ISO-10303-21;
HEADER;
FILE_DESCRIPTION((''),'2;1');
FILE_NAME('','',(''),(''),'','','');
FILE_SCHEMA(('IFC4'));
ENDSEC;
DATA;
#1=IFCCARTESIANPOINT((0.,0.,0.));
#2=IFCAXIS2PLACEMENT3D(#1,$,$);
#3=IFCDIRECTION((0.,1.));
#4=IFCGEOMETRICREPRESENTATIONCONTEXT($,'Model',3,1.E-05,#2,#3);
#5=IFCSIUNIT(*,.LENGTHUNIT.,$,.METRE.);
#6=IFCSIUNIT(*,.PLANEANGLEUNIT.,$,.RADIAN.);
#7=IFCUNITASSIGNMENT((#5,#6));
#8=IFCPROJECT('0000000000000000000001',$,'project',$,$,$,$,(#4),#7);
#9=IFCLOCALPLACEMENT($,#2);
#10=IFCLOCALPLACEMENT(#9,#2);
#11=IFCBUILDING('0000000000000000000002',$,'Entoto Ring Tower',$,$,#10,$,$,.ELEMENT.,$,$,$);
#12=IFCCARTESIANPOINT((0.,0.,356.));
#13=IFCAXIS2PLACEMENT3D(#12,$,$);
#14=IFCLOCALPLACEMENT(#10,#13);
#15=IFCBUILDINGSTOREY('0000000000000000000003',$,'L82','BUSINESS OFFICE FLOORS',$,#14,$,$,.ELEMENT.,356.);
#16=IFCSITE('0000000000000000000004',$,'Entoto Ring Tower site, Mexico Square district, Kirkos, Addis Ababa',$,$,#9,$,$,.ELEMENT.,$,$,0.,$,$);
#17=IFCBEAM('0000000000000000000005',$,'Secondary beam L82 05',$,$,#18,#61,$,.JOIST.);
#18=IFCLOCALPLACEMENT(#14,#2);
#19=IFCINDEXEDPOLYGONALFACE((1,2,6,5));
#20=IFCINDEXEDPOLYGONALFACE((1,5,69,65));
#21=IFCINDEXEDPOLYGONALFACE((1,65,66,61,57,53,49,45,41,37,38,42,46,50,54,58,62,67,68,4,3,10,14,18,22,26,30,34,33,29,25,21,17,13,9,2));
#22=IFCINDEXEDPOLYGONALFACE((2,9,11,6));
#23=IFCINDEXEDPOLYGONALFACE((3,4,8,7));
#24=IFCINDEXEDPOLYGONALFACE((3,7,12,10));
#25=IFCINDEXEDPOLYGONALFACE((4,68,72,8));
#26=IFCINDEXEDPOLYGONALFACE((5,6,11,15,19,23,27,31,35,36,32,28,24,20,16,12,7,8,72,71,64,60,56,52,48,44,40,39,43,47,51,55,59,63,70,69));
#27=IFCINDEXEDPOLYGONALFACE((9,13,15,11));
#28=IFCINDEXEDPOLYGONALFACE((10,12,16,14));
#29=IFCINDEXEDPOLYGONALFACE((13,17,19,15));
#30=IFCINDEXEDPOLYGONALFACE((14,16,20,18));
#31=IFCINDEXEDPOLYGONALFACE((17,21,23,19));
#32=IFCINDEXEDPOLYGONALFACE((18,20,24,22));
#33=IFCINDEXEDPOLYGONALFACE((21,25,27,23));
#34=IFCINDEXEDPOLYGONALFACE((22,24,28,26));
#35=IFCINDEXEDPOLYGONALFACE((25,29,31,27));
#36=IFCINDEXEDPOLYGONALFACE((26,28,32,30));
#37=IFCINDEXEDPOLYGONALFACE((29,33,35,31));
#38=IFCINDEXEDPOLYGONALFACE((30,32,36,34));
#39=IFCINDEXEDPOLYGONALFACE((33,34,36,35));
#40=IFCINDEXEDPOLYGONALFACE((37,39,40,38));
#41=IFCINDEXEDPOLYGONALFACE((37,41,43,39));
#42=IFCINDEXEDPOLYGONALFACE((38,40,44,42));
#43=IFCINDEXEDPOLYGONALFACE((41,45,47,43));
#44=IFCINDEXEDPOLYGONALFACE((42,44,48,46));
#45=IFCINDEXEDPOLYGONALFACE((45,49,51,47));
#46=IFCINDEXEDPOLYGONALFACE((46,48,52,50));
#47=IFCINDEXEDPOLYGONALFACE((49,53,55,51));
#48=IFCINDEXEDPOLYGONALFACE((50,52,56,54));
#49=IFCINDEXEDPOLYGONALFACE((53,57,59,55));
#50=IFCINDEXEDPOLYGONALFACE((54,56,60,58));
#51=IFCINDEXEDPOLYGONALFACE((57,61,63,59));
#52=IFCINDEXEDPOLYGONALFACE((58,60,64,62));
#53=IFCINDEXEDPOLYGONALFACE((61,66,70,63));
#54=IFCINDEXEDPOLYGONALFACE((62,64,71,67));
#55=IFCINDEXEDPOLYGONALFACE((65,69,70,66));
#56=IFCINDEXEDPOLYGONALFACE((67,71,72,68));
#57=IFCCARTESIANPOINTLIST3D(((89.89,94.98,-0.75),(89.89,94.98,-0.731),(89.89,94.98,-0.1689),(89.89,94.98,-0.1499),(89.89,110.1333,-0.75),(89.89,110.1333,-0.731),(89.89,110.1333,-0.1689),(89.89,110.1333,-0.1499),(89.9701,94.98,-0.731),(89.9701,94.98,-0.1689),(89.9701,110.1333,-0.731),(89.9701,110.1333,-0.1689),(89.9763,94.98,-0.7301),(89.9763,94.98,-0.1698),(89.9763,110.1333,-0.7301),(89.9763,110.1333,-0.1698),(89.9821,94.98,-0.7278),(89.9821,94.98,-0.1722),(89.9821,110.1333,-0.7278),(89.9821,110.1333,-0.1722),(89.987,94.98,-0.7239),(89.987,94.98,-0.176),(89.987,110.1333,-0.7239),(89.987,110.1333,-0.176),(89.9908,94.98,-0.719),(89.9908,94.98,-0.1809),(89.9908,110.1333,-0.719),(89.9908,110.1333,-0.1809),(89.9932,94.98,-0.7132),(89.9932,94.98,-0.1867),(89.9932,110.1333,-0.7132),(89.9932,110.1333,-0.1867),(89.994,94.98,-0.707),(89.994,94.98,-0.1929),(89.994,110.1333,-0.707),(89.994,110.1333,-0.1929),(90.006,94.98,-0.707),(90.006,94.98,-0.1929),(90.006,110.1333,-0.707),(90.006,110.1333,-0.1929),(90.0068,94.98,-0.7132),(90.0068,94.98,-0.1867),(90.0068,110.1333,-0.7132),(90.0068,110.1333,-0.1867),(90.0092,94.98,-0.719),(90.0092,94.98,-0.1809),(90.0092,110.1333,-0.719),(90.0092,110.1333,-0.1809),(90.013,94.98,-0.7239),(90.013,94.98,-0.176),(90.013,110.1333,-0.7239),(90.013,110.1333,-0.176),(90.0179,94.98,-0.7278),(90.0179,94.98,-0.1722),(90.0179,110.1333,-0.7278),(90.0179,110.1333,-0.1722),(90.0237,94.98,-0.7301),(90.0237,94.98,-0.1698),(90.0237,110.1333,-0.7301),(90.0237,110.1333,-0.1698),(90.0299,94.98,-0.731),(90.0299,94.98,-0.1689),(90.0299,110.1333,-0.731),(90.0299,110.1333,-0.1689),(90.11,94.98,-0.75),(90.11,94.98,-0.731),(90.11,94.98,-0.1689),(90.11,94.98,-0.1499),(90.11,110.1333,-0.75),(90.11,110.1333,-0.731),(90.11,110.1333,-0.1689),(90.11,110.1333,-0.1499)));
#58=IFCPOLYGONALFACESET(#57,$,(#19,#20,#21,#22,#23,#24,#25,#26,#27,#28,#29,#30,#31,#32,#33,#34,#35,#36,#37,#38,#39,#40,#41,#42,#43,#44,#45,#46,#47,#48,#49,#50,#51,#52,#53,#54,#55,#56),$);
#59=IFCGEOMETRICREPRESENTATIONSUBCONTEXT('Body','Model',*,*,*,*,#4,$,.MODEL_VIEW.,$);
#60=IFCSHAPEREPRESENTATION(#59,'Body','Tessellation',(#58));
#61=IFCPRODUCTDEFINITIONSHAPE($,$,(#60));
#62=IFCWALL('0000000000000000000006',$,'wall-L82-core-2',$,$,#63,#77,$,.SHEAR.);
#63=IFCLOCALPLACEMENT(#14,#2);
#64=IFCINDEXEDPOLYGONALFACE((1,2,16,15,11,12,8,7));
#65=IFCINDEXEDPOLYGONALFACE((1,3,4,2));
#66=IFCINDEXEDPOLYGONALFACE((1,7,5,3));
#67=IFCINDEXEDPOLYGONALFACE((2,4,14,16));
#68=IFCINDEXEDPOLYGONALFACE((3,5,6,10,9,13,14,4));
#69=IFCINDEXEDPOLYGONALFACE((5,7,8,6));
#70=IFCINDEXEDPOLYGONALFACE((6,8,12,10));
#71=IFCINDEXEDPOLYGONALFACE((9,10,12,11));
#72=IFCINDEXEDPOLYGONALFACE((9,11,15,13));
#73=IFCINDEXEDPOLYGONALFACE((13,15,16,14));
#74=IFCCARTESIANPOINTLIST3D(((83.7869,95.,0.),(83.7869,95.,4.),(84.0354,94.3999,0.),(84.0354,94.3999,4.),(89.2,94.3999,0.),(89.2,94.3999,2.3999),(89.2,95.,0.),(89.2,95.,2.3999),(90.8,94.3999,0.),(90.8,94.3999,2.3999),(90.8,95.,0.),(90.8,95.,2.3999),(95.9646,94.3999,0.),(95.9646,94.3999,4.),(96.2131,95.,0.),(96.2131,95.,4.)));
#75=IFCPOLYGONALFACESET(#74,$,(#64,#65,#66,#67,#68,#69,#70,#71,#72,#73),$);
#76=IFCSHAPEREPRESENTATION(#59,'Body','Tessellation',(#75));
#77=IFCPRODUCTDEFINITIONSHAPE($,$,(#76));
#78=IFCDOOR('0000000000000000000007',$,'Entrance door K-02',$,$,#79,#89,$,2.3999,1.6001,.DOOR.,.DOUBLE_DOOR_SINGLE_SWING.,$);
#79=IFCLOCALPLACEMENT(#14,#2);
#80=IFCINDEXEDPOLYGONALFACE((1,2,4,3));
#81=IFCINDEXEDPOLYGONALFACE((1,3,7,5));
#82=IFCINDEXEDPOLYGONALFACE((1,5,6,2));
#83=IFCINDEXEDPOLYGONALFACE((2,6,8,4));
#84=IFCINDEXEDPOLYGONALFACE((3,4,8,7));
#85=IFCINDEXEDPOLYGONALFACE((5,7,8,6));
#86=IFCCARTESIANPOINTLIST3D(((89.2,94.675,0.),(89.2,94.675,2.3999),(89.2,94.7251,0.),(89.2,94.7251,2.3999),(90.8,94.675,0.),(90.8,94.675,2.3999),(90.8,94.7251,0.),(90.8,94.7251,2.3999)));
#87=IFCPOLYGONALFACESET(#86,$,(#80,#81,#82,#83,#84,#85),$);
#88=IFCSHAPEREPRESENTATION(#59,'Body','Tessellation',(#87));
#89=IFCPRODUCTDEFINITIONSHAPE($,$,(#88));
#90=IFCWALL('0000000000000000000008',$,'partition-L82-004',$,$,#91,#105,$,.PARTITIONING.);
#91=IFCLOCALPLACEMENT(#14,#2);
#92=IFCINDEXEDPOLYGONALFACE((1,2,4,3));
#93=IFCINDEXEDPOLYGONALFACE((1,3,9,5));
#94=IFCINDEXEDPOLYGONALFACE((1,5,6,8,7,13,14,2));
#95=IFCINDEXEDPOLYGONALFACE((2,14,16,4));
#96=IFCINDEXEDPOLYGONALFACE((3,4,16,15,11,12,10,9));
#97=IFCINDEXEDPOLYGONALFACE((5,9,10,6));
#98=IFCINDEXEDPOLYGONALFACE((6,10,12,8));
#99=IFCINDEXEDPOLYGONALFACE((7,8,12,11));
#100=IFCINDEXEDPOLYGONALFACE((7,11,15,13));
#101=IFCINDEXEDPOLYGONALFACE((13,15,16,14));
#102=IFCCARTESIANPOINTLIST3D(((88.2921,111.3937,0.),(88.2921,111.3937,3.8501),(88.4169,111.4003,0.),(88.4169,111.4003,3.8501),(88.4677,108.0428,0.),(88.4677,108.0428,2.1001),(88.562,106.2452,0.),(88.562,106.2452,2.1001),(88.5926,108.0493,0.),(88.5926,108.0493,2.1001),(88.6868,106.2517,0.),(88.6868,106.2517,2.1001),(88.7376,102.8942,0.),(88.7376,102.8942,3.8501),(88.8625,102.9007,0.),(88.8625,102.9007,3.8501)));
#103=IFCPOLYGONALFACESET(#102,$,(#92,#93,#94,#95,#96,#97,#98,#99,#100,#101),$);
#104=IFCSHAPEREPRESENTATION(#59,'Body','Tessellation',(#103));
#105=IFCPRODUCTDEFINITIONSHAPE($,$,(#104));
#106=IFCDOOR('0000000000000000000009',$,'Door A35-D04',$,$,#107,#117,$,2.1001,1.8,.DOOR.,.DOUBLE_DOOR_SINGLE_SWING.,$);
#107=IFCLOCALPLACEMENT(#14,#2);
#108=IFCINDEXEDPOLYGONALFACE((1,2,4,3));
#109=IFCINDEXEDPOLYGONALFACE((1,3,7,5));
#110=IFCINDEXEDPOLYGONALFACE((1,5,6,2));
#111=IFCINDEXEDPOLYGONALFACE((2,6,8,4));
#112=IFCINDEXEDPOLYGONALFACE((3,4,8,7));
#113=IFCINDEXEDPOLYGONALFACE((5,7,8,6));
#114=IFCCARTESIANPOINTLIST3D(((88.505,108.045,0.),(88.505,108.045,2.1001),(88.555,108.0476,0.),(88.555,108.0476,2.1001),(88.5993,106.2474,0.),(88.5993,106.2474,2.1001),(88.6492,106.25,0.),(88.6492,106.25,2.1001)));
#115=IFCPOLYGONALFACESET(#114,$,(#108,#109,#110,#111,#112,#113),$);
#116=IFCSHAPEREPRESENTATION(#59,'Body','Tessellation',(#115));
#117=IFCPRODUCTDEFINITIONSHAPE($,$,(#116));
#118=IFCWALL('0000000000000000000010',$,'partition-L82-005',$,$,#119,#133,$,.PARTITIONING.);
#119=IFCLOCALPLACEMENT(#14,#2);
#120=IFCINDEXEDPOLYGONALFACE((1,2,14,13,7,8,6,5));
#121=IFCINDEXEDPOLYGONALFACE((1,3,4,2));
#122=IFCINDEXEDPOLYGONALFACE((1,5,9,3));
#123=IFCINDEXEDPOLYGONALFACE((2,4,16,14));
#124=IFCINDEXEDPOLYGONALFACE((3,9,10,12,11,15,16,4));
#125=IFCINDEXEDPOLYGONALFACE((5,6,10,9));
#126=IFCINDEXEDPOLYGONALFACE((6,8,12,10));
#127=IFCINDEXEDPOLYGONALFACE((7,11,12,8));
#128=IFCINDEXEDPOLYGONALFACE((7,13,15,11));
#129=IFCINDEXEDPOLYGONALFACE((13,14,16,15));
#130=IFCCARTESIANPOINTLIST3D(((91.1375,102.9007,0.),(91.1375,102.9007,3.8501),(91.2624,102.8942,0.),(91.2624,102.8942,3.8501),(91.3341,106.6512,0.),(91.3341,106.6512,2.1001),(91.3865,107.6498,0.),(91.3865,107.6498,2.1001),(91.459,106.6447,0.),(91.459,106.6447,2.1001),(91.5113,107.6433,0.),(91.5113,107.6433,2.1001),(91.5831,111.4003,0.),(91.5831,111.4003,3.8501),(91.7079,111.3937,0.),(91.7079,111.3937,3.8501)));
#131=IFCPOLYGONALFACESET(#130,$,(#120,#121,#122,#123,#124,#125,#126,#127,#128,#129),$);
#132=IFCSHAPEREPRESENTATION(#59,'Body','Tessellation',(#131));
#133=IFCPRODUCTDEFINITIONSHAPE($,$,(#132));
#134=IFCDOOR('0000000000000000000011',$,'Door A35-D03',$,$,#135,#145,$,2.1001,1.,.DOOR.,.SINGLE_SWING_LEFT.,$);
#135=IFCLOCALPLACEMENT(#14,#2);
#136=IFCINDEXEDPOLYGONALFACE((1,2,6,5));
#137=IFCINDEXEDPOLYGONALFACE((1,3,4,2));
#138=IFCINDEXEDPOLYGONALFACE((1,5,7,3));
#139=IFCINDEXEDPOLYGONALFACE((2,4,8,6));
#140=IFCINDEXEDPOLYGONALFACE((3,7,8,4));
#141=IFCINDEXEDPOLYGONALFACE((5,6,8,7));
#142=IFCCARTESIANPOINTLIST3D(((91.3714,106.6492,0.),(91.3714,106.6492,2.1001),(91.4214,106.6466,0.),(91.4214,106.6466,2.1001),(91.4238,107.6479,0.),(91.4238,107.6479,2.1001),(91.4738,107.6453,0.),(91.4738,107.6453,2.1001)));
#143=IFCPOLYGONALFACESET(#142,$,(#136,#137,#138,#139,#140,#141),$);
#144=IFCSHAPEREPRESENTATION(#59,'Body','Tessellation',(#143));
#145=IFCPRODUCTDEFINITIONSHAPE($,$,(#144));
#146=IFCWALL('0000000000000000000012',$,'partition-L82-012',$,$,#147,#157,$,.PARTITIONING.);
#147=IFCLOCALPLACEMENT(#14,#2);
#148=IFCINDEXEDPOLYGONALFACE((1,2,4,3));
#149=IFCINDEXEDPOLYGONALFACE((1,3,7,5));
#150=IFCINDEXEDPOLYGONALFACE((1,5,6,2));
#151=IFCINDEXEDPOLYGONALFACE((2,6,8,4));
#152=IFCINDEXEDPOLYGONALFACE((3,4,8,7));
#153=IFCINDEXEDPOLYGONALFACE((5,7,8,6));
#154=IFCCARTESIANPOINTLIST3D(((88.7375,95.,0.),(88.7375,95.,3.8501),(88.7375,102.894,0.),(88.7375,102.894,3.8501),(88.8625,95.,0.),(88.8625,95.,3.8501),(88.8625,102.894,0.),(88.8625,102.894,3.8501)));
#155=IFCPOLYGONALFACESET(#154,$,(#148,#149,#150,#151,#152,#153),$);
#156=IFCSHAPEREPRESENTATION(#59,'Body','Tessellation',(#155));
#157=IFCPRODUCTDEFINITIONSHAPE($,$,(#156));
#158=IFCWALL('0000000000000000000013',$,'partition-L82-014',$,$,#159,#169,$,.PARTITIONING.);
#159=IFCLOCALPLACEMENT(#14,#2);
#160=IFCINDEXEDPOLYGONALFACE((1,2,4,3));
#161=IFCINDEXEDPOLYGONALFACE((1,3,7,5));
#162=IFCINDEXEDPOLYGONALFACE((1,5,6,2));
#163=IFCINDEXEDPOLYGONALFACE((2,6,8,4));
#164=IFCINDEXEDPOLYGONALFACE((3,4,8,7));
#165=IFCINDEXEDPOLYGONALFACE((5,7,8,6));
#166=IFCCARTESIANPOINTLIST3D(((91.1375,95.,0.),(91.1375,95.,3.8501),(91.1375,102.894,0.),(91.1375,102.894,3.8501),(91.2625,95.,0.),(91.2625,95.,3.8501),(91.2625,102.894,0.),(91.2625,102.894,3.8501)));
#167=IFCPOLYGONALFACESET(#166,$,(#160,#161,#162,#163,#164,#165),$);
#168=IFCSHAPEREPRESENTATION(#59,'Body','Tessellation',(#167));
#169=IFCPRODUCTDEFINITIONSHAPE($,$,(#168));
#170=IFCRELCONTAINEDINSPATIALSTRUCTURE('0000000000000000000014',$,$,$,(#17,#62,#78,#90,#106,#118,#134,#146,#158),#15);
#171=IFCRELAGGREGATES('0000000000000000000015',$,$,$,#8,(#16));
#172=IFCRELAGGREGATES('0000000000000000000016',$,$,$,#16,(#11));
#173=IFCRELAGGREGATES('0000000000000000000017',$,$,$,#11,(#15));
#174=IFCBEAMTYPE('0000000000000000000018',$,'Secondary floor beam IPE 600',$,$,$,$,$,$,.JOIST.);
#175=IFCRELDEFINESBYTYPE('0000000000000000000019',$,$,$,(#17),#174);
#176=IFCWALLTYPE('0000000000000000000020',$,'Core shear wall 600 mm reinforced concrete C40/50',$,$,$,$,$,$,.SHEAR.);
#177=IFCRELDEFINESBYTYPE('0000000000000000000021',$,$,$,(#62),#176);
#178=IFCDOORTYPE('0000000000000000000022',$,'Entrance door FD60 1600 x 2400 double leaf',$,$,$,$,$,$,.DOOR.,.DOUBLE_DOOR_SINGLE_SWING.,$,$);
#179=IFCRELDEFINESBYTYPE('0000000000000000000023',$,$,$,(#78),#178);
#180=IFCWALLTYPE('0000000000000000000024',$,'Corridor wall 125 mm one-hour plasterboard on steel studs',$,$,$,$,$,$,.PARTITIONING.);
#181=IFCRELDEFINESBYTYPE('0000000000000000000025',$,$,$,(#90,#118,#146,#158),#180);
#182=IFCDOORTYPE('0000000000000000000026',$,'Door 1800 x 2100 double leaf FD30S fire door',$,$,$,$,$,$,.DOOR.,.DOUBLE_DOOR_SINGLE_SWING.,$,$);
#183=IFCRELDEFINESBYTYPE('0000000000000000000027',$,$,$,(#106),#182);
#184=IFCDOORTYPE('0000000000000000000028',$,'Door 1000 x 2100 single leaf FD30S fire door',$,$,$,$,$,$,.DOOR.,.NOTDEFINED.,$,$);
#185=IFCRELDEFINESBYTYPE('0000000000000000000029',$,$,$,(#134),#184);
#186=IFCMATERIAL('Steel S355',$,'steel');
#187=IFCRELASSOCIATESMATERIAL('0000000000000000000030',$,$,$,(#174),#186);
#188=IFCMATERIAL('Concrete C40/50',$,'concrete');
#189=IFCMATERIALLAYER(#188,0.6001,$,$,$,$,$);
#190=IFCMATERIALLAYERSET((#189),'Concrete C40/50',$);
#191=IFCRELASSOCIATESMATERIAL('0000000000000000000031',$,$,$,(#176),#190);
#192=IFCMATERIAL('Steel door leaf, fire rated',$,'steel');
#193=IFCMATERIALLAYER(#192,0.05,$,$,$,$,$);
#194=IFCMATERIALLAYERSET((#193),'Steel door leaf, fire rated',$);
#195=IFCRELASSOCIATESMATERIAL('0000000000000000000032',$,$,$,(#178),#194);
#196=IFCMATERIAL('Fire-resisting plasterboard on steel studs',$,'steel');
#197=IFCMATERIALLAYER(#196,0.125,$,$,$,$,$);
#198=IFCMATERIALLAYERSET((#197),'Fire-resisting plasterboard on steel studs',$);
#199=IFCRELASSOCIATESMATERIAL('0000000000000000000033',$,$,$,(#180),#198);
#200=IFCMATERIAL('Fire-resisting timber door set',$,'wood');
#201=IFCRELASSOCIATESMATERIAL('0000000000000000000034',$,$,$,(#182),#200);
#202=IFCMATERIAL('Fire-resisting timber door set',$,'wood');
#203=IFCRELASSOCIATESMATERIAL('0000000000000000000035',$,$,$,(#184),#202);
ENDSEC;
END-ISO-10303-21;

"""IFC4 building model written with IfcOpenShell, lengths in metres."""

from ifc_helpers import new_model, si_unit, direction, frame, frame_2d, origin, origin_2d, place, context, subcontext, project, spatial, polyline, rectangle, i_section, outline, extrude, material, layer, layer_set, material_profile, profile_set, type_object, element, fill, save


model = new_model("IFC4")

# Units and contexts
model_context = context("Model", 3, precision=1e-05, world=origin(), true_north=direction((0.0, 1.0)))
body_context = subcontext(model_context, "Body", "Model", "MODEL_VIEW")
ifc_project = project(units=[si_unit("LENGTHUNIT", "METRE"), si_unit("PLANEANGLEUNIT", "RADIAN")], contexts=[model_context])

# Site, building, storey
site_placement = place(None, origin())
site = spatial("IfcSite", under=ifc_project, at=site_placement, Name="Entoto Ring Tower site, Mexico Square district, Kirkos, Addis Ababa", CompositionType="ELEMENT", RefElevation=0.0)
building_placement = place(site_placement, origin())
building = spatial("IfcBuilding", under=site, at=building_placement, Name="Entoto Ring Tower", CompositionType="ELEMENT")
storey_placement = place(building_placement, frame((0.0, 0.0, 356.0)))
storey = spatial("IfcBuildingStorey", under=building, at=storey_placement, Name="L82", Description="BUSINESS OFFICE FLOORS", CompositionType="ELEMENT", Elevation=356.0)

# Beam
ifc_material_1 = material(Name="Steel S355", Category="steel")
ifc_material_profile_1 = material_profile(ifc_material_1, i_section(OverallWidth=0.22, OverallDepth=0.6001, WebThickness=0.012, FlangeThickness=0.019, FilletRadius=0.0239, at=origin_2d()), Name="IPE 600")
ifc_profile_set_1 = profile_set([ifc_material_profile_1], Name="Steel S355")
beam_type_1 = type_object("IfcBeamType", Name="Secondary floor beam IPE 600", PredefinedType="JOIST", material=ifc_profile_set_1)
beam_1_placement = place(storey_placement, frame((90.0, 94.98, -0.45), z_axis=(0.0, 1.0, 0.0), x_axis=(-1.0, 0.0, 0.0)))
element("IfcBeam", 1, at=beam_1_placement, inside=storey, type_object=beam_type_1, Name="Secondary beam L82 05", PredefinedType="JOIST", context=body_context, shape_type="SweptSolid", body=[
    extrude(i_section(OverallWidth=0.22, OverallDepth=0.6001, WebThickness=0.012, FlangeThickness=0.019, FilletRadius=0.0239, at=origin_2d()), origin(), (0.0, 0.0, 1.0), 15.1533),
])

# Walls, openings, doors
ifc_material_2 = material(Name="Concrete C40/50", Category="concrete")
ifc_layer_1 = layer(ifc_material_2, 0.6001)
ifc_layer_set_1 = layer_set([ifc_layer_1], Name="Concrete C40/50")
wall_type_1 = type_object("IfcWallType", Name="Core shear wall 600 mm reinforced concrete C40/50", PredefinedType="SHEAR", material=ifc_layer_set_1)
wall_1_placement = place(storey_placement, frame((96.0889, 94.7, 0.0), z_axis=(0.0, 0.0, 1.0), x_axis=(-1.0, 0.0, 0.0)))
wall_1 = element("IfcWall", 2, at=wall_1_placement, inside=storey, type_object=wall_type_1, Name="wall-L82-core-2", PredefinedType="SHEAR", context=body_context, shape_type="SweptSolid", body=[
    extrude(outline(polyline([(-0.1243, -0.3), (12.302, -0.3), (12.0535, 0.3), (0.1243, 0.3), (-0.1243, -0.3)])), origin(), (0.0, 0.0, 1.0), 4.0),
])
opening_1_placement = place(wall_1_placement, frame((5.2888, 0.0, 0.0)))
opening_1 = element("IfcOpeningElement", 3, at=opening_1_placement, cuts=wall_1, PredefinedType="OPENING", context=body_context, shape_type="SweptSolid", body=[
    extrude(rectangle(XDim=1.6001, YDim=2.3999, at=frame_2d((0.8, 1.2))), frame((0.0, 0.3101, 0.0), z_axis=(0.0, -1.0, 0.0), x_axis=(1.0, 0.0, 0.0)), (0.0, 0.0, 1.0), 0.6201),
])
ifc_material_3 = material(Name="Steel door leaf, fire rated", Category="steel")
ifc_layer_2 = layer(ifc_material_3, 0.05)
ifc_layer_set_2 = layer_set([ifc_layer_2], Name="Steel door leaf, fire rated")
door_type_1 = type_object("IfcDoorType", Name="Entrance door FD60 1600 x 2400 double leaf", OperationType="DOUBLE_DOOR_SINGLE_SWING", PredefinedType="DOOR", material=ifc_layer_set_2)
door_1_placement = place(opening_1_placement, origin())
door_1 = element("IfcDoor", 4, at=door_1_placement, inside=storey, type_object=door_type_1, Name="Entrance door K-02", OperationType="DOUBLE_DOOR_SINGLE_SWING", OverallHeight=2.3999, OverallWidth=1.6001, PredefinedType="DOOR", context=body_context, shape_type="SweptSolid", body=[
    extrude(rectangle(XDim=1.6001, YDim=2.3999, at=frame_2d((0.8, 1.2))), frame((0.0, 0.0249, 0.0), z_axis=(0.0, -1.0, 0.0), x_axis=(1.0, 0.0, 0.0)), (0.0, 0.0, 1.0), 0.05),
])
fill(opening_1, door_1)
ifc_material_4 = material(Name="Fire-resisting plasterboard on steel studs", Category="steel")
ifc_layer_3 = layer(ifc_material_4, 0.125)
ifc_layer_set_3 = layer_set([ifc_layer_3], Name="Fire-resisting plasterboard on steel studs")
wall_type_2 = type_object("IfcWallType", Name="Corridor wall 125 mm one-hour plasterboard on steel studs", PredefinedType="PARTITIONING", material=ifc_layer_set_3)
wall_2_placement = place(storey_placement, frame((88.8, 102.8975, 0.0), z_axis=(0.0, 0.0, 1.0), x_axis=(-0.05235, 0.998629, 0.0)))
wall_2 = element("IfcWall", 5, at=wall_2_placement, inside=storey, type_object=wall_type_2, Name="partition-L82-004", PredefinedType="PARTITIONING", context=body_context, shape_type="SweptSolid", body=[
    extrude(rectangle(XDim=8.5112, YDim=0.125, at=frame_2d((4.2556, 0.0))), origin(), (0.0, 0.0, 1.0), 3.8501),
])
opening_2_placement = place(wall_2_placement, frame((3.3557, 0.0, 0.0)))
opening_2 = element("IfcOpeningElement", 6, at=opening_2_placement, cuts=wall_2, PredefinedType="OPENING", context=body_context, shape_type="SweptSolid", body=[
    extrude(rectangle(XDim=1.8, YDim=2.1001, at=frame_2d((0.8999, 1.05))), frame((0.0, 0.0725, 0.0), z_axis=(0.0, -1.0, 0.0), x_axis=(1.0, 0.0, 0.0)), (0.0, 0.0, 1.0), 0.145),
])
ifc_material_5 = material(Name="Fire-resisting timber door set", Category="wood")
door_type_2 = type_object("IfcDoorType", Name="Door 1800 x 2100 double leaf FD30S fire door", OperationType="DOUBLE_DOOR_SINGLE_SWING", PredefinedType="DOOR", material=ifc_material_5)
door_2_placement = place(opening_2_placement, frame((1.8, 0.0, 0.0), z_axis=(0.0, 0.0, 1.0), x_axis=(-1.0, 0.0, 0.0)))
door_2 = element("IfcDoor", 7, at=door_2_placement, inside=storey, type_object=door_type_2, Name="Door A35-D04", OperationType="DOUBLE_DOOR_SINGLE_SWING", OverallHeight=2.1001, OverallWidth=1.8, PredefinedType="DOOR", context=body_context, shape_type="SweptSolid", body=[
    extrude(rectangle(XDim=1.8, YDim=2.1001, at=frame_2d((0.8999, 1.05))), frame((0.0, 0.0249, 0.0), z_axis=(0.0, -1.0, 0.0), x_axis=(1.0, 0.0, 0.0)), (0.0, 0.0, 1.0), 0.05),
])
fill(opening_2, door_2)
wall_3_placement = place(storey_placement, frame((91.2, 102.8975, 0.0), z_axis=(0.0, 0.0, 1.0), x_axis=(0.05235, 0.998629, 0.0)))
wall_3 = element("IfcWall", 8, at=wall_3_placement, inside=storey, type_object=wall_type_2, Name="partition-L82-005", PredefinedType="PARTITIONING", context=body_context, shape_type="SweptSolid", body=[
    extrude(rectangle(XDim=8.5112, YDim=0.125, at=frame_2d((4.2556, 0.0))), origin(), (0.0, 0.0, 1.0), 3.8501),
])
opening_3_placement = place(wall_3_placement, frame((3.7556, 0.0, 0.0)))
opening_3 = element("IfcOpeningElement", 9, at=opening_3_placement, cuts=wall_3, PredefinedType="OPENING", context=body_context, shape_type="SweptSolid", body=[
    extrude(rectangle(XDim=1.0, YDim=2.1001, at=frame_2d((0.5, 1.05))), frame((0.0, 0.0725, 0.0), z_axis=(0.0, -1.0, 0.0), x_axis=(1.0, 0.0, 0.0)), (0.0, 0.0, 1.0), 0.145),
])
ifc_material_6 = material(Name="Fire-resisting timber door set", Category="wood")
door_type_3 = type_object("IfcDoorType", Name="Door 1000 x 2100 single leaf FD30S fire door", OperationType="NOTDEFINED", PredefinedType="DOOR", material=ifc_material_6)
door_3_placement = place(opening_3_placement, frame((1.0, 0.0, 0.0), z_axis=(0.0, 0.0, 1.0), x_axis=(-1.0, 0.0, 0.0)))
door_3 = element("IfcDoor", 10, at=door_3_placement, inside=storey, type_object=door_type_3, Name="Door A35-D03", OperationType="SINGLE_SWING_LEFT", OverallHeight=2.1001, OverallWidth=1.0, PredefinedType="DOOR", context=body_context, shape_type="SweptSolid", body=[
    extrude(rectangle(XDim=1.0, YDim=2.1001, at=frame_2d((0.5, 1.05))), frame((0.0, 0.0249, 0.0), z_axis=(0.0, -1.0, 0.0), x_axis=(1.0, 0.0, 0.0)), (0.0, 0.0, 1.0), 0.05),
])
fill(opening_3, door_3)

# Walls
for number, where, z_axis, x_axis, name in (
    (11, (88.8, 95.0, 0.0), (0.0, 0.0, 1.0), (0.0, 1.0, 0.0), "partition-L82-012"),
    (12, (91.2, 95.0, 0.0), (0.0, 0.0, 1.0), (0.0, 1.0, 0.0), "partition-L82-014"),
):
    element("IfcWall", number, at=place(storey_placement, frame(where, z_axis=z_axis, x_axis=x_axis)), inside=storey, type_object=wall_type_2, Name=name, PredefinedType="PARTITIONING", context=body_context, shape_type="SweptSolid", body=[
        extrude(rectangle(XDim=7.894, YDim=0.125, at=frame_2d((3.947, 0.0))), origin(), (0.0, 0.0, 1.0), 3.8501),
    ])

save(model, "model.ifc")
